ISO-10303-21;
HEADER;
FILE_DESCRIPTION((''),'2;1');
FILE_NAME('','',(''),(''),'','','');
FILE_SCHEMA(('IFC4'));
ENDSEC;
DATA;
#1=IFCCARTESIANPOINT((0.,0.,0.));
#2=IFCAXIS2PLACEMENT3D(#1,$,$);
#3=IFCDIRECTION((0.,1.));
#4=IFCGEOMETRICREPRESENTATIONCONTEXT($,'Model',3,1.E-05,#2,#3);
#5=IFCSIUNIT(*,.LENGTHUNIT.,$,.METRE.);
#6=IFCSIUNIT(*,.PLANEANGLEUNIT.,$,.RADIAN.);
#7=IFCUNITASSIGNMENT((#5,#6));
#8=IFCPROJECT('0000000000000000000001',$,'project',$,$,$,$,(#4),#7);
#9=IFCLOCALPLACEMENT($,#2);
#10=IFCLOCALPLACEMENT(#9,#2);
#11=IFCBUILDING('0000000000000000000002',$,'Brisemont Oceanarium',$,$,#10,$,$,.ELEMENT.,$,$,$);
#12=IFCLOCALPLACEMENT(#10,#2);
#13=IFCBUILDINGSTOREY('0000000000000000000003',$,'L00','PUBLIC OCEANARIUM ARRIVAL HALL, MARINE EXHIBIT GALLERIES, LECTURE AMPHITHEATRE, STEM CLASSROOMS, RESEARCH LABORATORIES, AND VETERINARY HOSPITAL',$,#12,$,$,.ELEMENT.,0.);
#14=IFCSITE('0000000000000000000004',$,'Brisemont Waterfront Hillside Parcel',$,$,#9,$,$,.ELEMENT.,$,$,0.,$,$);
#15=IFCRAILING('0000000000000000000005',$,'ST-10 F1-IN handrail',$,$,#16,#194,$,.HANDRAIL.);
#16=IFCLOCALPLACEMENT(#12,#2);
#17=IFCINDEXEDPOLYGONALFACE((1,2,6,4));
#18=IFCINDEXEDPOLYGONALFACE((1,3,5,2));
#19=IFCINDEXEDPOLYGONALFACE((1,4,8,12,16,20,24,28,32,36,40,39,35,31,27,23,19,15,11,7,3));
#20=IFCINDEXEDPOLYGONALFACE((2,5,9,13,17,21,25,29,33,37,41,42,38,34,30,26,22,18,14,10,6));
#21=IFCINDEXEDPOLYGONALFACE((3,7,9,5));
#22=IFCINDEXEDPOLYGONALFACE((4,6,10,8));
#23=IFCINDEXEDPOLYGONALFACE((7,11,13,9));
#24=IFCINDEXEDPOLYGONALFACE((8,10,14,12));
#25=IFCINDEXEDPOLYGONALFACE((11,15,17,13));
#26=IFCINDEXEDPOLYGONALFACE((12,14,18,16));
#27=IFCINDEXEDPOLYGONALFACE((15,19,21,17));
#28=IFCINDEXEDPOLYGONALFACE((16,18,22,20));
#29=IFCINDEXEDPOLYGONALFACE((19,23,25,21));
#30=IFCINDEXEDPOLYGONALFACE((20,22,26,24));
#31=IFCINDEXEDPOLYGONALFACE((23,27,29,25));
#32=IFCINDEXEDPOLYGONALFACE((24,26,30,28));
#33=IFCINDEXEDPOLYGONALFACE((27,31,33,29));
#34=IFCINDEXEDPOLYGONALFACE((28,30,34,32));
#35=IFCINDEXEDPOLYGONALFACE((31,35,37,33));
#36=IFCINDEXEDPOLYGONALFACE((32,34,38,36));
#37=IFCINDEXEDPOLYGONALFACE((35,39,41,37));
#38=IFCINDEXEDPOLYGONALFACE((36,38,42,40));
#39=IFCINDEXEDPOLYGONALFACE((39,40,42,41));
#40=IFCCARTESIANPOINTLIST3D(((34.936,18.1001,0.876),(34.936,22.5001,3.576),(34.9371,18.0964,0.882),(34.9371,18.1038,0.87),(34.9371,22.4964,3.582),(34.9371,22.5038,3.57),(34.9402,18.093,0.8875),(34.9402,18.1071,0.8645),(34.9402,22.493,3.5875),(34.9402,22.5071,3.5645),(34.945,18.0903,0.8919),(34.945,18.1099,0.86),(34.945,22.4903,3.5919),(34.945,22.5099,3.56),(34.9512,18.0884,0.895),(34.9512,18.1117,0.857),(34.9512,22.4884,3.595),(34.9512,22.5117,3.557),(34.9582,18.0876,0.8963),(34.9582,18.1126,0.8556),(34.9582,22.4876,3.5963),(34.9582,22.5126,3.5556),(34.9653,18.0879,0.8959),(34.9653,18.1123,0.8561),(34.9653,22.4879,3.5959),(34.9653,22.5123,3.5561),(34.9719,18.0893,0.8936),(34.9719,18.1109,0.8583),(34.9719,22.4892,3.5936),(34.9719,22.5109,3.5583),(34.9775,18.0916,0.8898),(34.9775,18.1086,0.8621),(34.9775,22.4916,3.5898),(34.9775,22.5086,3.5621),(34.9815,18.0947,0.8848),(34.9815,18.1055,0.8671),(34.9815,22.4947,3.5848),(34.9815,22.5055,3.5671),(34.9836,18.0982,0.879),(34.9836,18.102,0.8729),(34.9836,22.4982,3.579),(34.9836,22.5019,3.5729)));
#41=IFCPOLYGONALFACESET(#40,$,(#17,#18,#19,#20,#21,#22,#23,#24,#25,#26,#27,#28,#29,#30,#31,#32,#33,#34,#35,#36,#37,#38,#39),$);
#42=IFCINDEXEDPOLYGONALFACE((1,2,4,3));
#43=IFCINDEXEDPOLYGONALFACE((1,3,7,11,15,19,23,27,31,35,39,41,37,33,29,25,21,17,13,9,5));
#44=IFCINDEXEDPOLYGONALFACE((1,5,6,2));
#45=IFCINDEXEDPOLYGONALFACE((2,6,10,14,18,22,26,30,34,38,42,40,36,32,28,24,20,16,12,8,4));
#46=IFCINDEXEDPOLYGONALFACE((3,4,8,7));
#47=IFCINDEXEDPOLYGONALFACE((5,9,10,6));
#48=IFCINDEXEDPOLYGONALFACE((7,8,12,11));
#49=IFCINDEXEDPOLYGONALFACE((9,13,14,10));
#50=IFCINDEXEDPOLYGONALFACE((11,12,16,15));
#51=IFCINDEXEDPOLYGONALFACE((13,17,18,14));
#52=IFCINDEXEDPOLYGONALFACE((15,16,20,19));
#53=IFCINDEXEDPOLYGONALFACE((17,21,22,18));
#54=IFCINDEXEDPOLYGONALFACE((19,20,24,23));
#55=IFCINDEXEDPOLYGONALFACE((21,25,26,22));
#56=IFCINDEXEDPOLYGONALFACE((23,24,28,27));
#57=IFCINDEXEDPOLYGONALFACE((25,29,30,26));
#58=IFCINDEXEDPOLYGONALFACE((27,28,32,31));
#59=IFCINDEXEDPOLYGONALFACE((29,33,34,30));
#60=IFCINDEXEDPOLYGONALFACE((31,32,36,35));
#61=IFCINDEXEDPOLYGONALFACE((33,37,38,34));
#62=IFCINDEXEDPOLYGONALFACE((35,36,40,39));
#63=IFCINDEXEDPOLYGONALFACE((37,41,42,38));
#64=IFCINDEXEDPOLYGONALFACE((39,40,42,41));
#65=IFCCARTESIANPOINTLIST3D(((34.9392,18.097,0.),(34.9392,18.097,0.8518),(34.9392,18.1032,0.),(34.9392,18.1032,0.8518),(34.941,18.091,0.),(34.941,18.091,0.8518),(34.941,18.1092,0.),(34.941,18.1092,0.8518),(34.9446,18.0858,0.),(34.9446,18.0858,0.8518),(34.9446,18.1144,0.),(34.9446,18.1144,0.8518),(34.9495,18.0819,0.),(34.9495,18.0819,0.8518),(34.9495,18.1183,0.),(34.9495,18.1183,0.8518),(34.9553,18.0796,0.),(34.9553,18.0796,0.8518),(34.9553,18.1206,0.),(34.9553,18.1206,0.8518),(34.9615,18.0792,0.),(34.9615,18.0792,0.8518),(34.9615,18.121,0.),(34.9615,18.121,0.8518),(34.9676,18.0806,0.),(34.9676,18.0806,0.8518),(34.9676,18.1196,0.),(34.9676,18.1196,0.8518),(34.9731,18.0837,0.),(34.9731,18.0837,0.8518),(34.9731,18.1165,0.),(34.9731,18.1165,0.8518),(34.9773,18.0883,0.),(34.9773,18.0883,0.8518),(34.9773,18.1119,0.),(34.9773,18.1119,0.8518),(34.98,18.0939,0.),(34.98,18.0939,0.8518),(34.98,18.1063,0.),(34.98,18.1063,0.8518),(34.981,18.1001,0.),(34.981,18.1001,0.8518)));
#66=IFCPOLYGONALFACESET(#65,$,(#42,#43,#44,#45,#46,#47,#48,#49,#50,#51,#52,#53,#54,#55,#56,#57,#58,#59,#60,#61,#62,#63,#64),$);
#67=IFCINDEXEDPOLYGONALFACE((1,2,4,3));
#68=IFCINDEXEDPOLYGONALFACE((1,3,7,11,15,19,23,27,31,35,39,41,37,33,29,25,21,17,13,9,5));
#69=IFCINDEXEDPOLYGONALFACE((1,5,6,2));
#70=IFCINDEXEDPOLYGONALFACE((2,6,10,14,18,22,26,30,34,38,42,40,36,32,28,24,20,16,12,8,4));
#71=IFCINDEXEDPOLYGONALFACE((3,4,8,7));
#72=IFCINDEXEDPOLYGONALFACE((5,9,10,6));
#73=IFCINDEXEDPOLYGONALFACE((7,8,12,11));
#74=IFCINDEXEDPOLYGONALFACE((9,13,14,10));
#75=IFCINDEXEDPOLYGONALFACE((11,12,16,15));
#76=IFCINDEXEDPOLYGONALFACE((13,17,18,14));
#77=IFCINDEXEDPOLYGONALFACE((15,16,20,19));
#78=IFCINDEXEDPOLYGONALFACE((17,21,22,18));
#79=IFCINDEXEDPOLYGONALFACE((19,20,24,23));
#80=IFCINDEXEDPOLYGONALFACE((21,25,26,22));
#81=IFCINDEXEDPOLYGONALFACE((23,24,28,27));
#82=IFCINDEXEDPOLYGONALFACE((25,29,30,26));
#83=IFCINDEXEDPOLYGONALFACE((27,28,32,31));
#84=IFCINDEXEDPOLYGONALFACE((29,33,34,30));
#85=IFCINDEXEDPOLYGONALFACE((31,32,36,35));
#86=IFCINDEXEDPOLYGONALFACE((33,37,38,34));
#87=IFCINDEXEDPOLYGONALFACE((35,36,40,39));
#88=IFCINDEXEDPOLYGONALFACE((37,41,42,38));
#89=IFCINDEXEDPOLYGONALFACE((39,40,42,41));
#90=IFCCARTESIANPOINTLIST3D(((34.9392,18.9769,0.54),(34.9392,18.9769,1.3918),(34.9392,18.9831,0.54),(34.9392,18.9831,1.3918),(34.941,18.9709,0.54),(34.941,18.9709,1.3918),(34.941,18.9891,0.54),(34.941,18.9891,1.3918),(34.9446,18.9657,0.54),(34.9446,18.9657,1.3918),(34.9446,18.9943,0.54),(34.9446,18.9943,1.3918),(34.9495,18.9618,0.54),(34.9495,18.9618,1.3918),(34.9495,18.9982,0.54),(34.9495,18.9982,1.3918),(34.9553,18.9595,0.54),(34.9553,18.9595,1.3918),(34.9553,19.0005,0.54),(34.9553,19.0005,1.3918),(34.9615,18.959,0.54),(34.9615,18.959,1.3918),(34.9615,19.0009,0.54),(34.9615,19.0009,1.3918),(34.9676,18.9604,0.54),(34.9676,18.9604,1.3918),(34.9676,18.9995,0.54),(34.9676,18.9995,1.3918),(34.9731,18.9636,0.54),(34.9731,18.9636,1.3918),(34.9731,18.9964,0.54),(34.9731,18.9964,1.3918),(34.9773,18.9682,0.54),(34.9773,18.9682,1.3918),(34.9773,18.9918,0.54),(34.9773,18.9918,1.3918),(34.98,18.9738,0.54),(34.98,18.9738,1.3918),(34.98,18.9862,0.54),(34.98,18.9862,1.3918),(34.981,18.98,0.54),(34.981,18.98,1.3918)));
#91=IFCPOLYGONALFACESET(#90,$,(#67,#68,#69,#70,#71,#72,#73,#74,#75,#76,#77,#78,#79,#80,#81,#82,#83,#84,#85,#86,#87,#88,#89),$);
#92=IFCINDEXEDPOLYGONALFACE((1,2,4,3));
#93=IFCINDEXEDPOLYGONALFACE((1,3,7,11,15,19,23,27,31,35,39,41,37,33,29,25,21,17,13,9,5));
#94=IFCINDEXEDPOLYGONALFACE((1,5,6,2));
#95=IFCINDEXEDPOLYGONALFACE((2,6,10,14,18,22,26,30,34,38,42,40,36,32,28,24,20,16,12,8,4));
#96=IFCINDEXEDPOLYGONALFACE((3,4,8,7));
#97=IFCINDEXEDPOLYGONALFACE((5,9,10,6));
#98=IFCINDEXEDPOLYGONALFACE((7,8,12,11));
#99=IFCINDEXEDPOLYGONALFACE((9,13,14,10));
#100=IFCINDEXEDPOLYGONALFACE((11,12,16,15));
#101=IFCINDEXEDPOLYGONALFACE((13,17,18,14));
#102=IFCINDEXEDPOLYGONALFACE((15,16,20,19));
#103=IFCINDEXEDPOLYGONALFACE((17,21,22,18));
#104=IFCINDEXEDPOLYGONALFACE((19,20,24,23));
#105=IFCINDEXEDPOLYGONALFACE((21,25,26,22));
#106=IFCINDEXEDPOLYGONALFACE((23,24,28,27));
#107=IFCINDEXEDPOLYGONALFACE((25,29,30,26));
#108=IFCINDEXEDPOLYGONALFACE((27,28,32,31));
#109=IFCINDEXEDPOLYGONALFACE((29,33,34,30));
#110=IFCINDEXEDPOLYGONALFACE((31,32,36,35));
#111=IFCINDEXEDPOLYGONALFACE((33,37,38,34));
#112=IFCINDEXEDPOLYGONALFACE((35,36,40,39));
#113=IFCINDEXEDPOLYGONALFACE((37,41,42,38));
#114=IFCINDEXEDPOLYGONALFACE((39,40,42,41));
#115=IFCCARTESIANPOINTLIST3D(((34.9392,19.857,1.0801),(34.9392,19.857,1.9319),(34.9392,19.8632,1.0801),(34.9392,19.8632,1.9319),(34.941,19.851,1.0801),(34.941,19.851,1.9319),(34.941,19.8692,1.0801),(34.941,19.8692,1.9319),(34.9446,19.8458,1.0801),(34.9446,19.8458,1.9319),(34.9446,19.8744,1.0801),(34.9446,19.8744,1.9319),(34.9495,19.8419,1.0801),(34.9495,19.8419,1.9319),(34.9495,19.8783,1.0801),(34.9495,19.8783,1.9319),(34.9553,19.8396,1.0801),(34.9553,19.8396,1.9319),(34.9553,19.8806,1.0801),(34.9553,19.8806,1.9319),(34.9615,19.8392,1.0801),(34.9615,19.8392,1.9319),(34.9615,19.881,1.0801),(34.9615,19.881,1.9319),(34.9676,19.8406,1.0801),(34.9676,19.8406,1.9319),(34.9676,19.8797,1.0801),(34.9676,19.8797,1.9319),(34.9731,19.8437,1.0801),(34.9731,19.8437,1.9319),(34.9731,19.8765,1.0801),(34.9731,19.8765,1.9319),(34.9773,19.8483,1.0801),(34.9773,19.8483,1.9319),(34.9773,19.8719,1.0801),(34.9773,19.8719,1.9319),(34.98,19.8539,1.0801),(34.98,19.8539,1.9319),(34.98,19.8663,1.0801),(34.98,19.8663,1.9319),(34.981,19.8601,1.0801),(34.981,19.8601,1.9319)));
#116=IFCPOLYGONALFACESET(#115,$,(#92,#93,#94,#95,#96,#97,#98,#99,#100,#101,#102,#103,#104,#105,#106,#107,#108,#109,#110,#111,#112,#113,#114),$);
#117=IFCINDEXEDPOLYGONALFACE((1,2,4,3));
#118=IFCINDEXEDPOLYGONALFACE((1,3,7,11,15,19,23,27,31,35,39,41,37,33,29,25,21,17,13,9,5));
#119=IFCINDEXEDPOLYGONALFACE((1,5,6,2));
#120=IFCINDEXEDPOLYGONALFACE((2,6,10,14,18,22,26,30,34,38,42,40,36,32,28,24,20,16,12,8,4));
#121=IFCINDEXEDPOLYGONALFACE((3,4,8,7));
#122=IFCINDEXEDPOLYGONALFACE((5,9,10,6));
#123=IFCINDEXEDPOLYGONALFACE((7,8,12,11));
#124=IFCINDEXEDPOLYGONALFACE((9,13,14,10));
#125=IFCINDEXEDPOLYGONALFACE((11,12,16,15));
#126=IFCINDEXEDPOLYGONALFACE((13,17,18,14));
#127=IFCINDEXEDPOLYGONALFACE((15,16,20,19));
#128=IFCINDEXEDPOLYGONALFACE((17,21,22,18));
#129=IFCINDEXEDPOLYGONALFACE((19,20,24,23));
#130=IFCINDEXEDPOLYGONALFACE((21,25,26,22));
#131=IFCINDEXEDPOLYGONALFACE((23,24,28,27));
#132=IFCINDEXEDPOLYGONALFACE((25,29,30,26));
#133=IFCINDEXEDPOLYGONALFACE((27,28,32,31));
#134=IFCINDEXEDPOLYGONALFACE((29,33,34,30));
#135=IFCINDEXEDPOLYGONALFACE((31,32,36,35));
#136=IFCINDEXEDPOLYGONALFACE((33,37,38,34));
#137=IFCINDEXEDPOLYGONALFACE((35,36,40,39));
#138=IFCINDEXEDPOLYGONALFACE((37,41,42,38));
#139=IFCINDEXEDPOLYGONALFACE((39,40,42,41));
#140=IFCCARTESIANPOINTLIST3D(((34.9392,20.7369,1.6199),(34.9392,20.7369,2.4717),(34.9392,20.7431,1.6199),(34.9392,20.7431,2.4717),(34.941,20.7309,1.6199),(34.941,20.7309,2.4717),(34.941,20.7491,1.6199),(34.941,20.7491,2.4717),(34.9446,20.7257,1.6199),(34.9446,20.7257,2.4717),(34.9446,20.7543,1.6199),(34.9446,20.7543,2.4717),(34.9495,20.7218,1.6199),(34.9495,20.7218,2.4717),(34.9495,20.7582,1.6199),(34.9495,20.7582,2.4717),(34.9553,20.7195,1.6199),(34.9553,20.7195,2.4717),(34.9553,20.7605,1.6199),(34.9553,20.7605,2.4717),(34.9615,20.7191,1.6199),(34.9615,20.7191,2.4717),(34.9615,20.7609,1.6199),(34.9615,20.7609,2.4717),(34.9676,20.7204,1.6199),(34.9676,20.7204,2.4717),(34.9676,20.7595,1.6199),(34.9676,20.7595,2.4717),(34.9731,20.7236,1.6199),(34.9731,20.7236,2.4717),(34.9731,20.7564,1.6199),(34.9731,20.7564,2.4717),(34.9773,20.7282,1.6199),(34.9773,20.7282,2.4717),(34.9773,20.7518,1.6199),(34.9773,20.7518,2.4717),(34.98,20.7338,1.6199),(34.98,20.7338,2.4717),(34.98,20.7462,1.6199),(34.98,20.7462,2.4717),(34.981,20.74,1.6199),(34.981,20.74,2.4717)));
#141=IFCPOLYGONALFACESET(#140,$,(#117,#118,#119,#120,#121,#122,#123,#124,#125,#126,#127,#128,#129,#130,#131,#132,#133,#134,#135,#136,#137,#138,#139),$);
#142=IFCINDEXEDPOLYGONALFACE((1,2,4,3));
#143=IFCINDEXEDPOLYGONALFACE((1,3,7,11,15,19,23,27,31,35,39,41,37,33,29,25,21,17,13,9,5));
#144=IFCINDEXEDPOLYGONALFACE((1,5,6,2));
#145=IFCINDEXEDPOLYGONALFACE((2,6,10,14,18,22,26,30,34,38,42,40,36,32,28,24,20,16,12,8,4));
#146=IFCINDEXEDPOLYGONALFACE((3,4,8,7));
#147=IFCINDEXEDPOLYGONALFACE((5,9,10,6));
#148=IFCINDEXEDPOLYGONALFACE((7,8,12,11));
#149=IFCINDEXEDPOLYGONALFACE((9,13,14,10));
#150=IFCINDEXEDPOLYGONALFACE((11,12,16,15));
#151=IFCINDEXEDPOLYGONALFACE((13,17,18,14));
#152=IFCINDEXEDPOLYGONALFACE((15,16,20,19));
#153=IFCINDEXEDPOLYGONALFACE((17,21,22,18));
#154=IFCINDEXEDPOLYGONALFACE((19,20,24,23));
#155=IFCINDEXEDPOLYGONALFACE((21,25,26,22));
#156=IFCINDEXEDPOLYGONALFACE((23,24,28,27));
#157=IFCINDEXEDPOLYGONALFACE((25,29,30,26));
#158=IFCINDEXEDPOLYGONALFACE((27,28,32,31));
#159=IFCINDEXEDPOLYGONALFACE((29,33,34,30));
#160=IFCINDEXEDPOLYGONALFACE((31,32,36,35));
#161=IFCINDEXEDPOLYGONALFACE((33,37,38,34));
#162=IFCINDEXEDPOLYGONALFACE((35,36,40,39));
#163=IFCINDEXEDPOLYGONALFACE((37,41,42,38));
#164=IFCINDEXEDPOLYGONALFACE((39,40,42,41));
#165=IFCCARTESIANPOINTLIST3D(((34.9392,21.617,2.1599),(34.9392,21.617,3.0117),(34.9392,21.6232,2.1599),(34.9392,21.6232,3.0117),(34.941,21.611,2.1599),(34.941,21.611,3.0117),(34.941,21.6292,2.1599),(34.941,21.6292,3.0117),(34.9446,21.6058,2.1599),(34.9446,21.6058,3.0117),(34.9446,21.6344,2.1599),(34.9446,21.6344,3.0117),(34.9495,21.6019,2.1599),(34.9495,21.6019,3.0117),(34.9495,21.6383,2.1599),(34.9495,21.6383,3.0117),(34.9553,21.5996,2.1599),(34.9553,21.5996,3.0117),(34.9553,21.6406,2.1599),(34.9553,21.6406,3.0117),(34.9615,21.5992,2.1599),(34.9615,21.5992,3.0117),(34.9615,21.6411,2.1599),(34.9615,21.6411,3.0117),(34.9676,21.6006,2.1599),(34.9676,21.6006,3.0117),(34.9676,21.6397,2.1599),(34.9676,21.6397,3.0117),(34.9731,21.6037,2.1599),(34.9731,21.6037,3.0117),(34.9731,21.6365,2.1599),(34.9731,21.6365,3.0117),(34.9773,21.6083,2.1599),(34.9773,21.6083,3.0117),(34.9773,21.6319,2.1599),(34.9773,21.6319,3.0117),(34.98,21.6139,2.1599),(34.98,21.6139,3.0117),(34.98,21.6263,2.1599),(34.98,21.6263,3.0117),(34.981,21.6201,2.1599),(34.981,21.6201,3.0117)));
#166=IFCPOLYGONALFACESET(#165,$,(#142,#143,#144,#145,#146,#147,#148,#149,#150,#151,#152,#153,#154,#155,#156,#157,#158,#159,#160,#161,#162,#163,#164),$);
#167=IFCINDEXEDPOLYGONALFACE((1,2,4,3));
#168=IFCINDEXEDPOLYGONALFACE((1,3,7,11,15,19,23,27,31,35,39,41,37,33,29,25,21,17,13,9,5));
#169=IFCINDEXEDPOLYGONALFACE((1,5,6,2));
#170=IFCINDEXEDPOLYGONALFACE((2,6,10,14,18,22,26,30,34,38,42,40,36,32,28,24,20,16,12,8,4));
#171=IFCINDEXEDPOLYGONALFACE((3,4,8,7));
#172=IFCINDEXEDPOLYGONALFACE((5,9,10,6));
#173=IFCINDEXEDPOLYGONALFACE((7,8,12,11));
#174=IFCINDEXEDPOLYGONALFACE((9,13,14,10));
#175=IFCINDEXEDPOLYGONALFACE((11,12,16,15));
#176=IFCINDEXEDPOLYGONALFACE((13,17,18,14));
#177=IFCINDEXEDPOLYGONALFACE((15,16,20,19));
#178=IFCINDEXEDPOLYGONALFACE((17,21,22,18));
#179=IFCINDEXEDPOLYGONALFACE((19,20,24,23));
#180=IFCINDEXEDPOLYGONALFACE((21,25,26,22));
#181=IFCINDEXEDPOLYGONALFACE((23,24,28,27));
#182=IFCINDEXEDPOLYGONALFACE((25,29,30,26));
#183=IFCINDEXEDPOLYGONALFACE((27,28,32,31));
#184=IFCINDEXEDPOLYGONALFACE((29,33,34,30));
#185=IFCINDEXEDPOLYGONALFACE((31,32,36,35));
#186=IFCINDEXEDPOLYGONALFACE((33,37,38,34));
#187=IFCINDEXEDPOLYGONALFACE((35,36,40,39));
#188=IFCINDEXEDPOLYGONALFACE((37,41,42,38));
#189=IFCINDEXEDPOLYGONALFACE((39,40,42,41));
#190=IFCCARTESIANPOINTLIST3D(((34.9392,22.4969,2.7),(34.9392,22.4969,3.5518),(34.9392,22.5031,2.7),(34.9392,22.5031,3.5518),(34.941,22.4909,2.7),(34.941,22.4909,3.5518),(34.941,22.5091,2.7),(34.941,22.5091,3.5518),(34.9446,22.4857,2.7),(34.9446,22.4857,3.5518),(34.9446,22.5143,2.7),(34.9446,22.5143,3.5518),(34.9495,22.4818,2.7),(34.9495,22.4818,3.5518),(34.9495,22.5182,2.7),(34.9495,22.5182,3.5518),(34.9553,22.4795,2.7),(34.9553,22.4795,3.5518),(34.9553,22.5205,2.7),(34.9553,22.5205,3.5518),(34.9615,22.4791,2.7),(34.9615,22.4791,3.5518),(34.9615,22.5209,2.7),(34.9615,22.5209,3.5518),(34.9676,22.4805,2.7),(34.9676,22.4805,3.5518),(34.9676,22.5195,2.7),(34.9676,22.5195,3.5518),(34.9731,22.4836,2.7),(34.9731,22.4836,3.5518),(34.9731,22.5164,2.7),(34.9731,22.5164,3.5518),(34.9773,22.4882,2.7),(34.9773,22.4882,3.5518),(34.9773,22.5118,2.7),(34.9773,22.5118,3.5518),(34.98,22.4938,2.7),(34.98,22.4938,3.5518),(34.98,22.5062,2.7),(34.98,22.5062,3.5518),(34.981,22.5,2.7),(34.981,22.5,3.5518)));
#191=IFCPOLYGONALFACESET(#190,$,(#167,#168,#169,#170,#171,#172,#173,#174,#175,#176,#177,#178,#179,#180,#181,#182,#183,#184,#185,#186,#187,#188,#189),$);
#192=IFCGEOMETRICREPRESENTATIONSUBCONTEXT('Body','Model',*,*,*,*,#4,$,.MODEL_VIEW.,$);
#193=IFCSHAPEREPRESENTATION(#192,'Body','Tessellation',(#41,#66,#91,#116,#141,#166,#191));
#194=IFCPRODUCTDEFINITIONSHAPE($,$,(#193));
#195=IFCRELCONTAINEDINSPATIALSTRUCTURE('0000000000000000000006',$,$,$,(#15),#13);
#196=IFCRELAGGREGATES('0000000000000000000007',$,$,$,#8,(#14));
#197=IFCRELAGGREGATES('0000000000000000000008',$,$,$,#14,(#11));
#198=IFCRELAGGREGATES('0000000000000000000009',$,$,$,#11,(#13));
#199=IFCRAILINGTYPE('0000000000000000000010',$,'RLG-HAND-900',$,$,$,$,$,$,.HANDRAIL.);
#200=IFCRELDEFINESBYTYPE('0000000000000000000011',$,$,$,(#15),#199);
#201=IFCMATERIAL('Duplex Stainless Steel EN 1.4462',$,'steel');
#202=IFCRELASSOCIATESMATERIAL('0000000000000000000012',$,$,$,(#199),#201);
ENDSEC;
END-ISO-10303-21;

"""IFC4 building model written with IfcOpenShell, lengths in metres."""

from ifc_helpers import new_model, si_unit, direction, frame, origin, origin_2d, place, context, subcontext, project, spatial, circle, extrude, material, type_object, element, save


model = new_model("IFC4")

# Units and contexts
model_context = context("Model", 3, precision=1e-05, world=origin(), true_north=direction((0.0, 1.0)))
body_context = subcontext(model_context, "Body", "Model", "MODEL_VIEW")
ifc_project = project(units=[si_unit("LENGTHUNIT", "METRE"), si_unit("PLANEANGLEUNIT", "RADIAN")], contexts=[model_context])

# Site, building, storey
site_placement = place(None, origin())
site = spatial("IfcSite", under=ifc_project, at=site_placement, Name="Brisemont Waterfront Hillside Parcel", CompositionType="ELEMENT", RefElevation=0.0)
building_placement = place(site_placement, origin())
building = spatial("IfcBuilding", under=site, at=building_placement, Name="Brisemont Oceanarium", CompositionType="ELEMENT")
storey_placement = place(building_placement, origin())
storey = spatial("IfcBuildingStorey", under=building, at=storey_placement, Name="L00", Description="PUBLIC OCEANARIUM ARRIVAL HALL, MARINE EXHIBIT GALLERIES, LECTURE AMPHITHEATRE, STEM CLASSROOMS, RESEARCH LABORATORIES, AND VETERINARY HOSPITAL", CompositionType="ELEMENT", Elevation=0.0)

# Railing
ifc_material_1 = material(Name="Duplex Stainless Steel EN 1.4462", Category="steel")
railing_type_1 = type_object("IfcRailingType", Name="RLG-HAND-900", PredefinedType="HANDRAIL", material=ifc_material_1)
railing_1_placement = place(storey_placement, frame((34.96, 18.1001, 0.0)))
element("IfcRailing", 1, at=railing_1_placement, inside=storey, type_object=railing_type_1, Name="ST-10 F1-IN handrail", PredefinedType="HANDRAIL", context=body_context, shape_type="SweptSolid", body=[
    extrude(circle(Radius=0.0239, at=origin_2d()), frame((0.0, 0.0, 0.876), z_axis=(0.0, 0.852322, 0.523018), x_axis=(-1.0, 0.0, 0.0)), (0.0, 0.0, 1.0), 5.1624),
    extrude(circle(Radius=0.021, at=origin_2d()), origin(), (0.0, 0.0, 1.0), 0.8518),
    extrude(circle(Radius=0.021, at=origin_2d()), frame((0.0, 0.8799, 0.54)), (0.0, 0.0, 1.0), 0.8518),
    extrude(circle(Radius=0.021, at=origin_2d()), frame((0.0, 1.76, 1.0801)), (0.0, 0.0, 1.0), 0.8518),
    extrude(circle(Radius=0.021, at=origin_2d()), frame((0.0, 2.6399, 1.6199)), (0.0, 0.0, 1.0), 0.8518),
    extrude(circle(Radius=0.021, at=origin_2d()), frame((0.0, 3.52, 2.1599)), (0.0, 0.0, 1.0), 0.8518),
    extrude(circle(Radius=0.021, at=origin_2d()), frame((0.0, 4.3999, 2.7)), (0.0, 0.0, 1.0), 0.8518),
])

save(model, "model.ifc")
